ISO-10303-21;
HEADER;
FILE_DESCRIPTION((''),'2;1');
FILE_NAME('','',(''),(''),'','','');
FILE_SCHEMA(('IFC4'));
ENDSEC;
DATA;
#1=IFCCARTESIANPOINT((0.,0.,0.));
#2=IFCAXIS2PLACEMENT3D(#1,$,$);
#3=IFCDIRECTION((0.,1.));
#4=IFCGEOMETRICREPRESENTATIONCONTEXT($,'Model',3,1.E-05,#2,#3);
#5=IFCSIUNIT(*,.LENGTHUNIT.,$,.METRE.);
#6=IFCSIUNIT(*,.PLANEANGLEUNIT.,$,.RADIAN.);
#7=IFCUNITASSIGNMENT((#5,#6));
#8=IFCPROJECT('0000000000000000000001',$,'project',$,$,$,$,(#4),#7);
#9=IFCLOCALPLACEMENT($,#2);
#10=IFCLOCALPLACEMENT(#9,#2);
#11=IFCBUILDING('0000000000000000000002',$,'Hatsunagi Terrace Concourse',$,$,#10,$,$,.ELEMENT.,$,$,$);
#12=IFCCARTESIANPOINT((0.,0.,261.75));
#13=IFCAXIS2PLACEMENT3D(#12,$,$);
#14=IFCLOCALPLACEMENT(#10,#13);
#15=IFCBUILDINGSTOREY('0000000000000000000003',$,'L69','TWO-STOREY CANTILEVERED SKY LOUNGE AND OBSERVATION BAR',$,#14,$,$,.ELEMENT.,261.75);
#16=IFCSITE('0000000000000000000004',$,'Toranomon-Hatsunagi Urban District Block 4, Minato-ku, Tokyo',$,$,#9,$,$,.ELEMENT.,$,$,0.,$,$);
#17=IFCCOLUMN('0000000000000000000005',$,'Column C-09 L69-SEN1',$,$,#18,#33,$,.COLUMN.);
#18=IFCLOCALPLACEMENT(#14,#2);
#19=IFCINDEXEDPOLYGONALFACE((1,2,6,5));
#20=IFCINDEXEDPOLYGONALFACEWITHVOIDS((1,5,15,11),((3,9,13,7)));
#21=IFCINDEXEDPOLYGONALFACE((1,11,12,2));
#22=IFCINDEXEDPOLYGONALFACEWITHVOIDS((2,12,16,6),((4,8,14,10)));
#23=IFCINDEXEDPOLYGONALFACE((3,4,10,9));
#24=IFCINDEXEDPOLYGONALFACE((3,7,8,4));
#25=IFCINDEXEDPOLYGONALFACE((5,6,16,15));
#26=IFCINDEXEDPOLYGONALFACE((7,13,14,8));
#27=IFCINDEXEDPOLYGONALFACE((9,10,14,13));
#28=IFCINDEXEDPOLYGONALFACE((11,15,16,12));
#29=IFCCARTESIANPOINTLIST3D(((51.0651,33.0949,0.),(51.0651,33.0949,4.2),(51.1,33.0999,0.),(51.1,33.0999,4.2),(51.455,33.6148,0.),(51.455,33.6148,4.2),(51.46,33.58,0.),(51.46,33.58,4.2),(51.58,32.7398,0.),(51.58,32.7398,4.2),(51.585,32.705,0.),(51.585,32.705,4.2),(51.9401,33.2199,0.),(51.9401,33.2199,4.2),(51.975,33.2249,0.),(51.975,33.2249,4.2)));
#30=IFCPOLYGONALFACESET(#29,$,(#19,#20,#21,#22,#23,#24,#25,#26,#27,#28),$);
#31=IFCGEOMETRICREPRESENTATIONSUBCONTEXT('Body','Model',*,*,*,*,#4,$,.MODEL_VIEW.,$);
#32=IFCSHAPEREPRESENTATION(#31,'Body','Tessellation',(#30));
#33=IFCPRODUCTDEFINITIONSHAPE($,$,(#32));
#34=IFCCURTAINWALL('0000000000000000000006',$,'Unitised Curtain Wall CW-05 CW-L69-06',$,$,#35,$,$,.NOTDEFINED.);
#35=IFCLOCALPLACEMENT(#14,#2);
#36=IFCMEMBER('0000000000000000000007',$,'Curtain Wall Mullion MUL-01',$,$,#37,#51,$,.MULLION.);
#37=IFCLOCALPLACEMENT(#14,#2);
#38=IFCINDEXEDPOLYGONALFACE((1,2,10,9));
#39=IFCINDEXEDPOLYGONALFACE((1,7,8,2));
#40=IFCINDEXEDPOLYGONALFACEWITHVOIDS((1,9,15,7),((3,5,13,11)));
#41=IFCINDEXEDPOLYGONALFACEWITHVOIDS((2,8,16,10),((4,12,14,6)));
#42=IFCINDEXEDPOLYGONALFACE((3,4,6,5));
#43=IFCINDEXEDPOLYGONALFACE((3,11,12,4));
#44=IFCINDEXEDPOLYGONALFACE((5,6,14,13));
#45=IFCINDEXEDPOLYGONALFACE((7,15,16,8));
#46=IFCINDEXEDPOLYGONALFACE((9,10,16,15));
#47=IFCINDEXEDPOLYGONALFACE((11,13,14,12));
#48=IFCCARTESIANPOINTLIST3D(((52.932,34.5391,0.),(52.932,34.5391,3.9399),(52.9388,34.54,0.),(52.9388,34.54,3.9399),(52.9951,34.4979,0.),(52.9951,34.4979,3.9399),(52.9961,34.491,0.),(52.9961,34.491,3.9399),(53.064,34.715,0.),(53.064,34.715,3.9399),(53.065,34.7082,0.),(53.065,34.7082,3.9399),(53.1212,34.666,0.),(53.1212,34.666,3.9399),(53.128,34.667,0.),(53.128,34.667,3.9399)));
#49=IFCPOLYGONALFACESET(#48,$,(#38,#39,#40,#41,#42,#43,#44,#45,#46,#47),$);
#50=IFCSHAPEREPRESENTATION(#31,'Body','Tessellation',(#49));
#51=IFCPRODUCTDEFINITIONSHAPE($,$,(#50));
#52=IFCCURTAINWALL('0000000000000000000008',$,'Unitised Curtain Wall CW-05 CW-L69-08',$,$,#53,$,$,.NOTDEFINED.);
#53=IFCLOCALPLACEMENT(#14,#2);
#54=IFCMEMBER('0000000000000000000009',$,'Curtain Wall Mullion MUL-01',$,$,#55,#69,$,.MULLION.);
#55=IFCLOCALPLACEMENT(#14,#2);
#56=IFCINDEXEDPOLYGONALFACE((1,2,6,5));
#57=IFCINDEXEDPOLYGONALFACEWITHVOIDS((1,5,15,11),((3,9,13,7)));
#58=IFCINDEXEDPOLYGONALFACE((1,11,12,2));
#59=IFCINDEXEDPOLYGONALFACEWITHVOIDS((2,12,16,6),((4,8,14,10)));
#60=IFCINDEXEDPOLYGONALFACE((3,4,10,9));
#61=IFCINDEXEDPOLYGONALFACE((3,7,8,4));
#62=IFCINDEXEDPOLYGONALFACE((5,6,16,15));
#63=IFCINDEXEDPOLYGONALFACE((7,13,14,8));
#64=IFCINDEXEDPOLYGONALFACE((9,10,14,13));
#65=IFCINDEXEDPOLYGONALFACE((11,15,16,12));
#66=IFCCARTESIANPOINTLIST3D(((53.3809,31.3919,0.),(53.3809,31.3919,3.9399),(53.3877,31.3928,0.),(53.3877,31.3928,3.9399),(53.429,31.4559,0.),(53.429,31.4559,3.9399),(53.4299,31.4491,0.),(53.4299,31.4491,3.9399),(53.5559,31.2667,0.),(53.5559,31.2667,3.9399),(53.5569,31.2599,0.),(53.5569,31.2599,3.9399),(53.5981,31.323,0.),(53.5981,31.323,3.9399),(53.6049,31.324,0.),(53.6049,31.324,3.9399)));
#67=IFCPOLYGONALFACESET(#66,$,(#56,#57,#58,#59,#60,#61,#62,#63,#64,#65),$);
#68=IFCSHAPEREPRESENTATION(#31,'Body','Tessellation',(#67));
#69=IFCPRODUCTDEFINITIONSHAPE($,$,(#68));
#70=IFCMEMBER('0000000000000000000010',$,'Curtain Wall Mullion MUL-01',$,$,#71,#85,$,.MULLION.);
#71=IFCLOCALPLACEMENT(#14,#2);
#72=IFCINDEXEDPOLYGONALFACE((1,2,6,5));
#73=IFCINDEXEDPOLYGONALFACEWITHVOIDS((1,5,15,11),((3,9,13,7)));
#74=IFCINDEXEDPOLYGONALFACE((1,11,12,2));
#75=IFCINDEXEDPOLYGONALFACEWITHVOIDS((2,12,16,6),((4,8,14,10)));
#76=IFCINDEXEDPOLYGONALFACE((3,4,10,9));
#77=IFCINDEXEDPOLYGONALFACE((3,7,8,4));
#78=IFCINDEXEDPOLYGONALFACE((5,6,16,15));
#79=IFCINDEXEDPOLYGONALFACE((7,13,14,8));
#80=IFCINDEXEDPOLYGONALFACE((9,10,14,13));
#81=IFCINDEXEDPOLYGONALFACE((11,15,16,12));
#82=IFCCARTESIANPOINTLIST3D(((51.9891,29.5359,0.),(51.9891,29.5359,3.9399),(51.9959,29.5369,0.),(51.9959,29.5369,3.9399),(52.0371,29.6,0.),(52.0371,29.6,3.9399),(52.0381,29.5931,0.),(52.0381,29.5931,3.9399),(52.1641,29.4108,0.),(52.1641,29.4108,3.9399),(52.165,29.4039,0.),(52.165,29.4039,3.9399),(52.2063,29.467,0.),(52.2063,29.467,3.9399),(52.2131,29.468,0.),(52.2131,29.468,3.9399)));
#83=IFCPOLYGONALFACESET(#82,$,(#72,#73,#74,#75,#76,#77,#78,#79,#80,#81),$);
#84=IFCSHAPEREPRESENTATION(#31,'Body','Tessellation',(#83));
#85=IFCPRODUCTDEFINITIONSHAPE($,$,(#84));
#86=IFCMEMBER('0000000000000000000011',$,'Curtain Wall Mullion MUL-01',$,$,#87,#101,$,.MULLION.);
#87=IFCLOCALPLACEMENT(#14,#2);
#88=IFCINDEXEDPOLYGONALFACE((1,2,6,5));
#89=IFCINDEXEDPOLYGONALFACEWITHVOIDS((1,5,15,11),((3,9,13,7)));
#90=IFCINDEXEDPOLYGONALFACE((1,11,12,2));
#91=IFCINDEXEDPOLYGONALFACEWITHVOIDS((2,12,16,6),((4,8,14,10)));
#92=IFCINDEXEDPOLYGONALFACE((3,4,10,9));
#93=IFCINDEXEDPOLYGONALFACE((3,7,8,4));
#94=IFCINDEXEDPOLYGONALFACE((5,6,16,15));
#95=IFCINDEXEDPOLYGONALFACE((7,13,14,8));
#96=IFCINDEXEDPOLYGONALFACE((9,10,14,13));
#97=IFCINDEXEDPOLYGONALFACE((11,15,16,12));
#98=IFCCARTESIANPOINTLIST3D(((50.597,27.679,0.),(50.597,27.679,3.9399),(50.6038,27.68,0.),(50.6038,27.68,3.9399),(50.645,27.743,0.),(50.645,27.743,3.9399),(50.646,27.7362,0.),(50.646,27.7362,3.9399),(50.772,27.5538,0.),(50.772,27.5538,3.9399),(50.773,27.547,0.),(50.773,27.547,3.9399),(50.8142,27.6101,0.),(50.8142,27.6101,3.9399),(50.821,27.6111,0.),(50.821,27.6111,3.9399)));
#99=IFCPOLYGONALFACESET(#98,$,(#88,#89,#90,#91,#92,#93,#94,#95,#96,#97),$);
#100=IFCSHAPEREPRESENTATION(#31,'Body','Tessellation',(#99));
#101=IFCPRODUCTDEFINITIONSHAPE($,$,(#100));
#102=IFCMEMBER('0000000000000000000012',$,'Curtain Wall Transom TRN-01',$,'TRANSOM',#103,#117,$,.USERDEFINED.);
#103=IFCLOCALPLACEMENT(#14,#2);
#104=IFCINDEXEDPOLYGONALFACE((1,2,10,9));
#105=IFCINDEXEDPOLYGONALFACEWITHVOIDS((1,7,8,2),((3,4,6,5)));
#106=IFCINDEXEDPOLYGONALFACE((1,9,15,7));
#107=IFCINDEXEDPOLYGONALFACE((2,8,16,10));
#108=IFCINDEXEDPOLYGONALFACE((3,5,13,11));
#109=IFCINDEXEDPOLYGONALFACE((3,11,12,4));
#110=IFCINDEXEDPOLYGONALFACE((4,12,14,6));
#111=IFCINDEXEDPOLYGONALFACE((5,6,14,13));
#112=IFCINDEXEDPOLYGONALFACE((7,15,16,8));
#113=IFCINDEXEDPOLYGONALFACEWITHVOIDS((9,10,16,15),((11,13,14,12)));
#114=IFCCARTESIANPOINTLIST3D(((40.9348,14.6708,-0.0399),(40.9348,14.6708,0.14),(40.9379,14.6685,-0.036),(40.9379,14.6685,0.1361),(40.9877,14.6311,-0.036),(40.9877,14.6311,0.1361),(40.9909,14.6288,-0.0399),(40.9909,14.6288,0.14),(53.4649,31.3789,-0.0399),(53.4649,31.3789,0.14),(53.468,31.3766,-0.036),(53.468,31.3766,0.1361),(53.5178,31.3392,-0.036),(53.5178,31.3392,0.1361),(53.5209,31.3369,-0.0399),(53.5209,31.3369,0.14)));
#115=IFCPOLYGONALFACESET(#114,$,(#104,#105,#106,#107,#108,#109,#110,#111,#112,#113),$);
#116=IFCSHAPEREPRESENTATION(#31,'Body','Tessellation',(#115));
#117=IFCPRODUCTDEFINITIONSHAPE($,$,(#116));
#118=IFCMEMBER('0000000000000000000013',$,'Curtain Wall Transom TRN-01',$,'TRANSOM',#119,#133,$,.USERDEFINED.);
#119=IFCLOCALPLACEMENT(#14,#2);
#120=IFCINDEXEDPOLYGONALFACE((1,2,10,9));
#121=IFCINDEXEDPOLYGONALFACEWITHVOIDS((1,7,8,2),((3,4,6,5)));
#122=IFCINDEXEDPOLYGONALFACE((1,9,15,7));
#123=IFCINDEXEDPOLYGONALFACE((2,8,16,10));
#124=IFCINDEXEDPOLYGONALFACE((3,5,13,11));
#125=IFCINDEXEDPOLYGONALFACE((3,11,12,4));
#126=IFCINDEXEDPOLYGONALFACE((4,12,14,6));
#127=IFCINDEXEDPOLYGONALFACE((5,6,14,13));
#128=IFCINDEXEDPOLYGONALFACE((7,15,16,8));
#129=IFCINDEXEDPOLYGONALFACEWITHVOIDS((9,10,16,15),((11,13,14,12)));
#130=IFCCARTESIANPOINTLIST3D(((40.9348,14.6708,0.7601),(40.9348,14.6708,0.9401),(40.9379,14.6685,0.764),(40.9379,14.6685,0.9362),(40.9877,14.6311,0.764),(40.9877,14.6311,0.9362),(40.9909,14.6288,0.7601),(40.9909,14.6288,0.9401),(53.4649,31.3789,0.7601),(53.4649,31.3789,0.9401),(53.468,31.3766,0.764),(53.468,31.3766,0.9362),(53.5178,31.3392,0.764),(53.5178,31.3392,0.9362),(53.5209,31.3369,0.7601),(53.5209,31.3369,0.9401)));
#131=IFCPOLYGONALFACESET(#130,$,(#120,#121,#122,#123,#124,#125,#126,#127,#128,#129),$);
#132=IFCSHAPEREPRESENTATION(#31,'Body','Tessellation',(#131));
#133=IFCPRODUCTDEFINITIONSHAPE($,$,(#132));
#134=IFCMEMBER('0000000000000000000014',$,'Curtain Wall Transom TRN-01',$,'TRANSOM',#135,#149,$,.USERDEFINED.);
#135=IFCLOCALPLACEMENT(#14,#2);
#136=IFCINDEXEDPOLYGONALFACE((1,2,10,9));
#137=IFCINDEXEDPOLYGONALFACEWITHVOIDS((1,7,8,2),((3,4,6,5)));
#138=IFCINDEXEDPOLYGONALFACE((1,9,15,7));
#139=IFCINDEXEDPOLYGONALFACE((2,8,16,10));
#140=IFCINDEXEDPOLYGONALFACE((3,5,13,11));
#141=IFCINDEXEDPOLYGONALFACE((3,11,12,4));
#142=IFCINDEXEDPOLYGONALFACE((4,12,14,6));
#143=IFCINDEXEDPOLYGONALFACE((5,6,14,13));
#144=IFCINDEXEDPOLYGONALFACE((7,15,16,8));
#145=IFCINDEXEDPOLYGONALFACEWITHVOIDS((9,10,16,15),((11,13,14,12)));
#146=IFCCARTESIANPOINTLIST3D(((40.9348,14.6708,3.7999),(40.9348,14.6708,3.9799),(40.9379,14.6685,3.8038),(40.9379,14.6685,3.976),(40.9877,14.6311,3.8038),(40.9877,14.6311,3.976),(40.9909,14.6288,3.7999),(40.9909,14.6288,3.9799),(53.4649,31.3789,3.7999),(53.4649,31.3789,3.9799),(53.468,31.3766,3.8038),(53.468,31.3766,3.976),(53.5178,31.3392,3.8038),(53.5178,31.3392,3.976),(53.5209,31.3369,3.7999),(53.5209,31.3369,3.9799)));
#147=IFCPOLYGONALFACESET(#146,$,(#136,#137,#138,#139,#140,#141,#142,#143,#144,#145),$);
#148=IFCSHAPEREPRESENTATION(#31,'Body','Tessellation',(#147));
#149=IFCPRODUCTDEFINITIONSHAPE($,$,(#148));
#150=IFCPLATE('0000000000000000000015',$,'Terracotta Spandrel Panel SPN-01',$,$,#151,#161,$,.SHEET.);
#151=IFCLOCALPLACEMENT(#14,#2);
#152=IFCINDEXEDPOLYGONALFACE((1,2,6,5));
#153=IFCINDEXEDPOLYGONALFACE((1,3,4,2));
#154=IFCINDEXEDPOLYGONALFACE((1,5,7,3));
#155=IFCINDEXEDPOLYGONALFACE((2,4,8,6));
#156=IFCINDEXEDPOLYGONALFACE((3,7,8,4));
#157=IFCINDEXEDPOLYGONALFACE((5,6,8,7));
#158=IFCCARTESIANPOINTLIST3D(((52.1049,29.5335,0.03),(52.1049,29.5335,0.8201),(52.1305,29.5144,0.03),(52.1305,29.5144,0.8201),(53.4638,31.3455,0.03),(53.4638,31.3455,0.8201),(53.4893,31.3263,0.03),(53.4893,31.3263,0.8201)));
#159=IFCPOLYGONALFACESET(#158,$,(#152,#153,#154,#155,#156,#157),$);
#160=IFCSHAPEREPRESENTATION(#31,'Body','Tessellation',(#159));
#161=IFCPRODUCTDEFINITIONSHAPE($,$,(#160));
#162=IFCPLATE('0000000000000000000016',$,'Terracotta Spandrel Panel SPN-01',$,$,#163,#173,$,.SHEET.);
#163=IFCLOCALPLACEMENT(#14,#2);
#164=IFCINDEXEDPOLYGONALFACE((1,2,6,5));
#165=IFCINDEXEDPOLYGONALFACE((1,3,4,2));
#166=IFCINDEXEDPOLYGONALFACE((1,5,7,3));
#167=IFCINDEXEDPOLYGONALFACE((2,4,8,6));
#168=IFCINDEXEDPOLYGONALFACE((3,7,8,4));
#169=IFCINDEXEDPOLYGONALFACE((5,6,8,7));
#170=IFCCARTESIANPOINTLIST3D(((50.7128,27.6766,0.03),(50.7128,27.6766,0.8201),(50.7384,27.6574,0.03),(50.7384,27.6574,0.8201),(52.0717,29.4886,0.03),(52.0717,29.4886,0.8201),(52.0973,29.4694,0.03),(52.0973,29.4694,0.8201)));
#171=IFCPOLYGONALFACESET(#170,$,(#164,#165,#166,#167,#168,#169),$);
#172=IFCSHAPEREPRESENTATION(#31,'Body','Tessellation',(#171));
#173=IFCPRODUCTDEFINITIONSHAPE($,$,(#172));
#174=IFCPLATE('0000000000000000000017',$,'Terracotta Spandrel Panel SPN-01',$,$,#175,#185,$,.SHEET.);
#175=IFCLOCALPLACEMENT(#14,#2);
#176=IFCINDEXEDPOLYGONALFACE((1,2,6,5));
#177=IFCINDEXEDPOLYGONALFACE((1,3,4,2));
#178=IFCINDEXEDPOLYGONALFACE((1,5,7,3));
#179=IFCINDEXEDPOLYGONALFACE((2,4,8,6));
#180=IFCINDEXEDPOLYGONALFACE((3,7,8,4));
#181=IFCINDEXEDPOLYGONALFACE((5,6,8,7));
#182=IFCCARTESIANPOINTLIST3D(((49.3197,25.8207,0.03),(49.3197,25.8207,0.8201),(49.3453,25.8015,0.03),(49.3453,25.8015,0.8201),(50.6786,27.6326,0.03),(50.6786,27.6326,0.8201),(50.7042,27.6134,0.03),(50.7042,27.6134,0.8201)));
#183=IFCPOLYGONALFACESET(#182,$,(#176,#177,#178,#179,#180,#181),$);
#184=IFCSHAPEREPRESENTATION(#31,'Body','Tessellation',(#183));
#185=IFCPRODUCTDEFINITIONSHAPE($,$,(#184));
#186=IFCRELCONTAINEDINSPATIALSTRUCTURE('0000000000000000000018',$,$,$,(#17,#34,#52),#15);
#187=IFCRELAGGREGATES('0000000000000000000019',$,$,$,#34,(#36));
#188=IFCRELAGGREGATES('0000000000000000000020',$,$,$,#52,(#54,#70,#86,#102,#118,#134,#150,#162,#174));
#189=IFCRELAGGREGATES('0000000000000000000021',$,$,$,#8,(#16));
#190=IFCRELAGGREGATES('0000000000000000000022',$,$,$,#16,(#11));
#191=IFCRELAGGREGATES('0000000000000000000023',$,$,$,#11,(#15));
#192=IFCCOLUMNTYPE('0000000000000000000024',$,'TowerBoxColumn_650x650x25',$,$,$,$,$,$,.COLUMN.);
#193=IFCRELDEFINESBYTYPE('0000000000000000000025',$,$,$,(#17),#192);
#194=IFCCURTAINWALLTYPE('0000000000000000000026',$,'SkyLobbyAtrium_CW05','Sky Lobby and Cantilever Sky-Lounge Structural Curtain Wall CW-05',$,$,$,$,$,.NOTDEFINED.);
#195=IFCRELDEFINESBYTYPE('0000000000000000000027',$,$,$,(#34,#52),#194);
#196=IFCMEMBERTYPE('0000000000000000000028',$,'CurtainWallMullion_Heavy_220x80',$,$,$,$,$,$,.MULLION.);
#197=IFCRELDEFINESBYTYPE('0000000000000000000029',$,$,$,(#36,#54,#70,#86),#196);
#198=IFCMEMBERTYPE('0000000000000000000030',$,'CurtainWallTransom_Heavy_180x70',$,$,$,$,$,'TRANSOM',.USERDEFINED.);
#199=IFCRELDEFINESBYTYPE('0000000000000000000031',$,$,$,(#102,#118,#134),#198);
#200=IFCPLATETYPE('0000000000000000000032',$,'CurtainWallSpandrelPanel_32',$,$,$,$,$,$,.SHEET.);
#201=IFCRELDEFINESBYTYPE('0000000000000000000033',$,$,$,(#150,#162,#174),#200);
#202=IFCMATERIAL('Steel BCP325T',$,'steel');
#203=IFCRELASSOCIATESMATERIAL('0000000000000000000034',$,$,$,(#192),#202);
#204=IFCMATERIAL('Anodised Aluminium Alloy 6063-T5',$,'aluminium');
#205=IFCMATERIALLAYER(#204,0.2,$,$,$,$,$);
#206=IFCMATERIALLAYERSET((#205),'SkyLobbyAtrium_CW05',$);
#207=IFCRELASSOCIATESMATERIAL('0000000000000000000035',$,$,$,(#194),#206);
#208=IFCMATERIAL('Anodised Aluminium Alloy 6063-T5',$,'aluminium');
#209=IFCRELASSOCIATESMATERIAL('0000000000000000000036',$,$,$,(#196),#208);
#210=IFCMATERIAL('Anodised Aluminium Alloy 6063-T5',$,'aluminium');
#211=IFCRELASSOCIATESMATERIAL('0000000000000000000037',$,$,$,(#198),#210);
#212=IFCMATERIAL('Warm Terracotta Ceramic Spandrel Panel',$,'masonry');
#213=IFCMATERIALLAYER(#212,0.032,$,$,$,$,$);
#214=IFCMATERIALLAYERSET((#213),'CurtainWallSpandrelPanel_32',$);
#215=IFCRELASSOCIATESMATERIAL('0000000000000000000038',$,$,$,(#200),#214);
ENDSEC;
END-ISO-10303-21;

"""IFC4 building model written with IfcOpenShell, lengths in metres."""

from ifc_helpers import new_model, si_unit, direction, frame, origin, origin_2d, place, context, subcontext, project, spatial, rectangle, hollow_rectangle, extrude, material, layer, layer_set, material_profile, profile_set, type_object, element, aggregate, save


model = new_model("IFC4")

# Units and contexts
model_context = context("Model", 3, precision=1e-05, world=origin(), true_north=direction((0.0, 1.0)))
body_context = subcontext(model_context, "Body", "Model", "MODEL_VIEW")
ifc_project = project(units=[si_unit("LENGTHUNIT", "METRE"), si_unit("PLANEANGLEUNIT", "RADIAN")], contexts=[model_context])

# Site, building, storey
site_placement = place(None, origin())
site = spatial("IfcSite", under=ifc_project, at=site_placement, Name="Toranomon-Hatsunagi Urban District Block 4, Minato-ku, Tokyo", CompositionType="ELEMENT", RefElevation=0.0)
building_placement = place(site_placement, origin())
building = spatial("IfcBuilding", under=site, at=building_placement, Name="Hatsunagi Terrace Concourse", CompositionType="ELEMENT")
storey_placement = place(building_placement, frame((0.0, 0.0, 261.75)))
storey = spatial("IfcBuildingStorey", under=building, at=storey_placement, Name="L69", Description="TWO-STOREY CANTILEVERED SKY LOUNGE AND OBSERVATION BAR", CompositionType="ELEMENT", Elevation=261.75)

# Column
ifc_material_1 = material(Name="Steel BCP325T", Category="steel")
ifc_material_profile_1 = material_profile(ifc_material_1, hollow_rectangle(XDim=0.6499, YDim=0.6499, WallThickness=0.0249, at=origin_2d()), Name="BCP-650x650x25")
ifc_profile_set_1 = profile_set([ifc_material_profile_1], Name="Steel BCP325T")
column_type = type_object("IfcColumnType", Name="TowerBoxColumn_650x650x25", PredefinedType="COLUMN", material=ifc_profile_set_1)
column_placement = place(storey_placement, frame((51.52, 33.1599, 0.0), z_axis=(0.0, 0.0, 1.0), x_axis=(0.8, -0.6, 0.0)))
element("IfcColumn", 1, at=column_placement, inside=storey, type_object=column_type, Name="Column C-09 L69-SEN1", PredefinedType="COLUMN", context=body_context, shape_type="SweptSolid", body=[
    extrude(hollow_rectangle(XDim=0.6499, YDim=0.6499, WallThickness=0.0249, at=origin_2d()), origin(), (0.0, 0.0, 1.0), 4.2),
])

# Curtain wall, member
ifc_material_2 = material(Name="Anodised Aluminium Alloy 6063-T5", Category="aluminium")
ifc_layer_1 = layer(ifc_material_2, 0.2)
ifc_layer_set_1 = layer_set([ifc_layer_1], Name="SkyLobbyAtrium_CW05")
curtain_wall_type = type_object("IfcCurtainWallType", Name="SkyLobbyAtrium_CW05", Description="Sky Lobby and Cantilever Sky-Lounge Structural Curtain Wall CW-05", PredefinedType="NOTDEFINED", material=ifc_layer_set_1)
curtain_wall_1_placement = place(storey_placement, origin())
curtain_wall_1 = element("IfcCurtainWall", 2, at=curtain_wall_1_placement, inside=storey, type_object=curtain_wall_type, Name="Unitised Curtain Wall CW-05 CW-L69-06", PredefinedType="NOTDEFINED")
ifc_material_3 = material(Name="Anodised Aluminium Alloy 6063-T5", Category="aluminium")
ifc_material_profile_2 = material_profile(ifc_material_3, hollow_rectangle(XDim=0.0801, YDim=0.22, WallThickness=0.0049, at=origin_2d()), Name="ALU-MUL-220x80x5")
ifc_profile_set_2 = profile_set([ifc_material_profile_2], Name="Anodised Aluminium Alloy 6063-T5")
member_type_1 = type_object("IfcMemberType", Name="CurtainWallMullion_Heavy_220x80", PredefinedType="MULLION", material=ifc_profile_set_2)
member_1_placement = place(storey_placement, frame((53.03, 34.603, 0.0), z_axis=(0.0, 0.0, 1.0), x_axis=(0.800023, -0.599969, 0.0)))
member_1 = element("IfcMember", 3, at=member_1_placement, type_object=member_type_1, Name="Curtain Wall Mullion MUL-01", PredefinedType="MULLION", context=body_context, shape_type="SweptSolid", body=[
    extrude(hollow_rectangle(XDim=0.0801, YDim=0.22, WallThickness=0.0049, at=origin_2d()), origin(), (0.0, 0.0, 1.0), 3.9399),
])
aggregate(curtain_wall_1, [member_1])

# Curtain wall, members, plates
curtain_wall_2_placement = place(storey_placement, origin())
curtain_wall_2 = element("IfcCurtainWall", 4, at=curtain_wall_2_placement, inside=storey, type_object=curtain_wall_type, Name="Unitised Curtain Wall CW-05 CW-L69-08", PredefinedType="NOTDEFINED")
member_2_placement = place(storey_placement, frame((53.4929, 31.3579, 0.0), z_axis=(0.0, 0.0, 1.0), x_axis=(-0.599969, -0.800023, 0.0)))
member_2 = element("IfcMember", 5, at=member_2_placement, type_object=member_type_1, Name="Curtain Wall Mullion MUL-01", PredefinedType="MULLION", context=body_context, shape_type="SweptSolid", body=[
    extrude(hollow_rectangle(XDim=0.0801, YDim=0.22, WallThickness=0.0049, at=origin_2d()), origin(), (0.0, 0.0, 1.0), 3.9399),
])
member_3_placement = place(storey_placement, frame((52.1011, 29.502, 0.0), z_axis=(0.0, 0.0, 1.0), x_axis=(-0.599969, -0.800023, 0.0)))
member_3 = element("IfcMember", 6, at=member_3_placement, type_object=member_type_1, Name="Curtain Wall Mullion MUL-01", PredefinedType="MULLION", context=body_context, shape_type="SweptSolid", body=[
    extrude(hollow_rectangle(XDim=0.0801, YDim=0.22, WallThickness=0.0049, at=origin_2d()), origin(), (0.0, 0.0, 1.0), 3.9399),
])
member_4_placement = place(storey_placement, frame((50.709, 27.645, 0.0), z_axis=(0.0, 0.0, 1.0), x_axis=(-0.599969, -0.800023, 0.0)))
member_4 = element("IfcMember", 7, at=member_4_placement, type_object=member_type_1, Name="Curtain Wall Mullion MUL-01", PredefinedType="MULLION", context=body_context, shape_type="SweptSolid", body=[
    extrude(hollow_rectangle(XDim=0.0801, YDim=0.22, WallThickness=0.0049, at=origin_2d()), origin(), (0.0, 0.0, 1.0), 3.9399),
])
ifc_material_4 = material(Name="Anodised Aluminium Alloy 6063-T5", Category="aluminium")
ifc_material_profile_3 = material_profile(ifc_material_4, hollow_rectangle(XDim=0.0701, YDim=0.1799, WallThickness=0.0039, at=origin_2d()), Name="ALU-TRN-180x70x4")
ifc_profile_set_3 = profile_set([ifc_material_profile_3], Name="Anodised Aluminium Alloy 6063-T5")
member_type_2 = type_object("IfcMemberType", Name="CurtainWallTransom_Heavy_180x70", ElementType="TRANSOM", PredefinedType="USERDEFINED", material=ifc_profile_set_3)
member_5_placement = place(storey_placement, frame((53.4929, 31.3579, 0.05), z_axis=(-0.59997, -0.800022, 0.0), x_axis=(0.800022, -0.59997, 0.0)))
member_5 = element("IfcMember", 8, at=member_5_placement, type_object=member_type_2, Name="Curtain Wall Transom TRN-01", ObjectType="TRANSOM", PredefinedType="USERDEFINED", context=body_context, shape_type="SweptSolid", body=[
    extrude(hollow_rectangle(XDim=0.0701, YDim=0.1799, WallThickness=0.0039, at=origin_2d()), origin(), (0.0, 0.0, 1.0), 20.8845),
])
member_6_placement = place(storey_placement, frame((53.4929, 31.3579, 0.8501), z_axis=(-0.59997, -0.800022, 0.0), x_axis=(0.800022, -0.59997, 0.0)))
member_6 = element("IfcMember", 9, at=member_6_placement, type_object=member_type_2, Name="Curtain Wall Transom TRN-01", ObjectType="TRANSOM", PredefinedType="USERDEFINED", context=body_context, shape_type="SweptSolid", body=[
    extrude(hollow_rectangle(XDim=0.0701, YDim=0.1799, WallThickness=0.0039, at=origin_2d()), origin(), (0.0, 0.0, 1.0), 20.8845),
])
member_7_placement = place(storey_placement, frame((53.4929, 31.3579, 3.8899), z_axis=(-0.59997, -0.800022, 0.0), x_axis=(0.800022, -0.59997, 0.0)))
member_7 = element("IfcMember", 10, at=member_7_placement, type_object=member_type_2, Name="Curtain Wall Transom TRN-01", ObjectType="TRANSOM", PredefinedType="USERDEFINED", context=body_context, shape_type="SweptSolid", body=[
    extrude(hollow_rectangle(XDim=0.0701, YDim=0.1799, WallThickness=0.0039, at=origin_2d()), origin(), (0.0, 0.0, 1.0), 20.8845),
])
ifc_material_5 = material(Name="Warm Terracotta Ceramic Spandrel Panel", Category="masonry")
ifc_layer_2 = layer(ifc_material_5, 0.032)
ifc_layer_set_2 = layer_set([ifc_layer_2], Name="CurtainWallSpandrelPanel_32")
plate_type_1 = type_object("IfcPlateType", Name="CurtainWallSpandrelPanel_32", PredefinedType="SHEET", material=ifc_layer_set_2)
plate_1_placement = place(storey_placement, frame((52.7971, 30.4299, 0.03), z_axis=(0.0, 0.0, 1.0), x_axis=(-0.599969, -0.800023, 0.0)))
plate_1 = element("IfcPlate", 11, at=plate_1_placement, type_object=plate_type_1, Name="Terracotta Spandrel Panel SPN-01", PredefinedType="SHEET", context=body_context, shape_type="SweptSolid", body=[
    extrude(rectangle(XDim=2.2649, YDim=0.032, at=origin_2d()), origin(), (0.0, 0.0, 1.0), 0.79),
])
plate_2_placement = place(storey_placement, frame((51.405, 28.573, 0.03), z_axis=(0.0, 0.0, 1.0), x_axis=(-0.599969, -0.800023, 0.0)))
plate_2 = element("IfcPlate", 12, at=plate_2_placement, type_object=plate_type_1, Name="Terracotta Spandrel Panel SPN-01", PredefinedType="SHEET", context=body_context, shape_type="SweptSolid", body=[
    extrude(rectangle(XDim=2.2649, YDim=0.032, at=origin_2d()), origin(), (0.0, 0.0, 1.0), 0.79),
])
plate_3_placement = place(storey_placement, frame((50.012, 26.717, 0.03), z_axis=(0.0, 0.0, 1.0), x_axis=(-0.599969, -0.800023, 0.0)))
plate_3 = element("IfcPlate", 13, at=plate_3_placement, type_object=plate_type_1, Name="Terracotta Spandrel Panel SPN-01", PredefinedType="SHEET", context=body_context, shape_type="SweptSolid", body=[
    extrude(rectangle(XDim=2.2649, YDim=0.032, at=origin_2d()), origin(), (0.0, 0.0, 1.0), 0.79),
])
aggregate(curtain_wall_2, [member_2, member_3, member_4, member_5, member_6, member_7, plate_1, plate_2, plate_3])

save(model, "model.ifc")
